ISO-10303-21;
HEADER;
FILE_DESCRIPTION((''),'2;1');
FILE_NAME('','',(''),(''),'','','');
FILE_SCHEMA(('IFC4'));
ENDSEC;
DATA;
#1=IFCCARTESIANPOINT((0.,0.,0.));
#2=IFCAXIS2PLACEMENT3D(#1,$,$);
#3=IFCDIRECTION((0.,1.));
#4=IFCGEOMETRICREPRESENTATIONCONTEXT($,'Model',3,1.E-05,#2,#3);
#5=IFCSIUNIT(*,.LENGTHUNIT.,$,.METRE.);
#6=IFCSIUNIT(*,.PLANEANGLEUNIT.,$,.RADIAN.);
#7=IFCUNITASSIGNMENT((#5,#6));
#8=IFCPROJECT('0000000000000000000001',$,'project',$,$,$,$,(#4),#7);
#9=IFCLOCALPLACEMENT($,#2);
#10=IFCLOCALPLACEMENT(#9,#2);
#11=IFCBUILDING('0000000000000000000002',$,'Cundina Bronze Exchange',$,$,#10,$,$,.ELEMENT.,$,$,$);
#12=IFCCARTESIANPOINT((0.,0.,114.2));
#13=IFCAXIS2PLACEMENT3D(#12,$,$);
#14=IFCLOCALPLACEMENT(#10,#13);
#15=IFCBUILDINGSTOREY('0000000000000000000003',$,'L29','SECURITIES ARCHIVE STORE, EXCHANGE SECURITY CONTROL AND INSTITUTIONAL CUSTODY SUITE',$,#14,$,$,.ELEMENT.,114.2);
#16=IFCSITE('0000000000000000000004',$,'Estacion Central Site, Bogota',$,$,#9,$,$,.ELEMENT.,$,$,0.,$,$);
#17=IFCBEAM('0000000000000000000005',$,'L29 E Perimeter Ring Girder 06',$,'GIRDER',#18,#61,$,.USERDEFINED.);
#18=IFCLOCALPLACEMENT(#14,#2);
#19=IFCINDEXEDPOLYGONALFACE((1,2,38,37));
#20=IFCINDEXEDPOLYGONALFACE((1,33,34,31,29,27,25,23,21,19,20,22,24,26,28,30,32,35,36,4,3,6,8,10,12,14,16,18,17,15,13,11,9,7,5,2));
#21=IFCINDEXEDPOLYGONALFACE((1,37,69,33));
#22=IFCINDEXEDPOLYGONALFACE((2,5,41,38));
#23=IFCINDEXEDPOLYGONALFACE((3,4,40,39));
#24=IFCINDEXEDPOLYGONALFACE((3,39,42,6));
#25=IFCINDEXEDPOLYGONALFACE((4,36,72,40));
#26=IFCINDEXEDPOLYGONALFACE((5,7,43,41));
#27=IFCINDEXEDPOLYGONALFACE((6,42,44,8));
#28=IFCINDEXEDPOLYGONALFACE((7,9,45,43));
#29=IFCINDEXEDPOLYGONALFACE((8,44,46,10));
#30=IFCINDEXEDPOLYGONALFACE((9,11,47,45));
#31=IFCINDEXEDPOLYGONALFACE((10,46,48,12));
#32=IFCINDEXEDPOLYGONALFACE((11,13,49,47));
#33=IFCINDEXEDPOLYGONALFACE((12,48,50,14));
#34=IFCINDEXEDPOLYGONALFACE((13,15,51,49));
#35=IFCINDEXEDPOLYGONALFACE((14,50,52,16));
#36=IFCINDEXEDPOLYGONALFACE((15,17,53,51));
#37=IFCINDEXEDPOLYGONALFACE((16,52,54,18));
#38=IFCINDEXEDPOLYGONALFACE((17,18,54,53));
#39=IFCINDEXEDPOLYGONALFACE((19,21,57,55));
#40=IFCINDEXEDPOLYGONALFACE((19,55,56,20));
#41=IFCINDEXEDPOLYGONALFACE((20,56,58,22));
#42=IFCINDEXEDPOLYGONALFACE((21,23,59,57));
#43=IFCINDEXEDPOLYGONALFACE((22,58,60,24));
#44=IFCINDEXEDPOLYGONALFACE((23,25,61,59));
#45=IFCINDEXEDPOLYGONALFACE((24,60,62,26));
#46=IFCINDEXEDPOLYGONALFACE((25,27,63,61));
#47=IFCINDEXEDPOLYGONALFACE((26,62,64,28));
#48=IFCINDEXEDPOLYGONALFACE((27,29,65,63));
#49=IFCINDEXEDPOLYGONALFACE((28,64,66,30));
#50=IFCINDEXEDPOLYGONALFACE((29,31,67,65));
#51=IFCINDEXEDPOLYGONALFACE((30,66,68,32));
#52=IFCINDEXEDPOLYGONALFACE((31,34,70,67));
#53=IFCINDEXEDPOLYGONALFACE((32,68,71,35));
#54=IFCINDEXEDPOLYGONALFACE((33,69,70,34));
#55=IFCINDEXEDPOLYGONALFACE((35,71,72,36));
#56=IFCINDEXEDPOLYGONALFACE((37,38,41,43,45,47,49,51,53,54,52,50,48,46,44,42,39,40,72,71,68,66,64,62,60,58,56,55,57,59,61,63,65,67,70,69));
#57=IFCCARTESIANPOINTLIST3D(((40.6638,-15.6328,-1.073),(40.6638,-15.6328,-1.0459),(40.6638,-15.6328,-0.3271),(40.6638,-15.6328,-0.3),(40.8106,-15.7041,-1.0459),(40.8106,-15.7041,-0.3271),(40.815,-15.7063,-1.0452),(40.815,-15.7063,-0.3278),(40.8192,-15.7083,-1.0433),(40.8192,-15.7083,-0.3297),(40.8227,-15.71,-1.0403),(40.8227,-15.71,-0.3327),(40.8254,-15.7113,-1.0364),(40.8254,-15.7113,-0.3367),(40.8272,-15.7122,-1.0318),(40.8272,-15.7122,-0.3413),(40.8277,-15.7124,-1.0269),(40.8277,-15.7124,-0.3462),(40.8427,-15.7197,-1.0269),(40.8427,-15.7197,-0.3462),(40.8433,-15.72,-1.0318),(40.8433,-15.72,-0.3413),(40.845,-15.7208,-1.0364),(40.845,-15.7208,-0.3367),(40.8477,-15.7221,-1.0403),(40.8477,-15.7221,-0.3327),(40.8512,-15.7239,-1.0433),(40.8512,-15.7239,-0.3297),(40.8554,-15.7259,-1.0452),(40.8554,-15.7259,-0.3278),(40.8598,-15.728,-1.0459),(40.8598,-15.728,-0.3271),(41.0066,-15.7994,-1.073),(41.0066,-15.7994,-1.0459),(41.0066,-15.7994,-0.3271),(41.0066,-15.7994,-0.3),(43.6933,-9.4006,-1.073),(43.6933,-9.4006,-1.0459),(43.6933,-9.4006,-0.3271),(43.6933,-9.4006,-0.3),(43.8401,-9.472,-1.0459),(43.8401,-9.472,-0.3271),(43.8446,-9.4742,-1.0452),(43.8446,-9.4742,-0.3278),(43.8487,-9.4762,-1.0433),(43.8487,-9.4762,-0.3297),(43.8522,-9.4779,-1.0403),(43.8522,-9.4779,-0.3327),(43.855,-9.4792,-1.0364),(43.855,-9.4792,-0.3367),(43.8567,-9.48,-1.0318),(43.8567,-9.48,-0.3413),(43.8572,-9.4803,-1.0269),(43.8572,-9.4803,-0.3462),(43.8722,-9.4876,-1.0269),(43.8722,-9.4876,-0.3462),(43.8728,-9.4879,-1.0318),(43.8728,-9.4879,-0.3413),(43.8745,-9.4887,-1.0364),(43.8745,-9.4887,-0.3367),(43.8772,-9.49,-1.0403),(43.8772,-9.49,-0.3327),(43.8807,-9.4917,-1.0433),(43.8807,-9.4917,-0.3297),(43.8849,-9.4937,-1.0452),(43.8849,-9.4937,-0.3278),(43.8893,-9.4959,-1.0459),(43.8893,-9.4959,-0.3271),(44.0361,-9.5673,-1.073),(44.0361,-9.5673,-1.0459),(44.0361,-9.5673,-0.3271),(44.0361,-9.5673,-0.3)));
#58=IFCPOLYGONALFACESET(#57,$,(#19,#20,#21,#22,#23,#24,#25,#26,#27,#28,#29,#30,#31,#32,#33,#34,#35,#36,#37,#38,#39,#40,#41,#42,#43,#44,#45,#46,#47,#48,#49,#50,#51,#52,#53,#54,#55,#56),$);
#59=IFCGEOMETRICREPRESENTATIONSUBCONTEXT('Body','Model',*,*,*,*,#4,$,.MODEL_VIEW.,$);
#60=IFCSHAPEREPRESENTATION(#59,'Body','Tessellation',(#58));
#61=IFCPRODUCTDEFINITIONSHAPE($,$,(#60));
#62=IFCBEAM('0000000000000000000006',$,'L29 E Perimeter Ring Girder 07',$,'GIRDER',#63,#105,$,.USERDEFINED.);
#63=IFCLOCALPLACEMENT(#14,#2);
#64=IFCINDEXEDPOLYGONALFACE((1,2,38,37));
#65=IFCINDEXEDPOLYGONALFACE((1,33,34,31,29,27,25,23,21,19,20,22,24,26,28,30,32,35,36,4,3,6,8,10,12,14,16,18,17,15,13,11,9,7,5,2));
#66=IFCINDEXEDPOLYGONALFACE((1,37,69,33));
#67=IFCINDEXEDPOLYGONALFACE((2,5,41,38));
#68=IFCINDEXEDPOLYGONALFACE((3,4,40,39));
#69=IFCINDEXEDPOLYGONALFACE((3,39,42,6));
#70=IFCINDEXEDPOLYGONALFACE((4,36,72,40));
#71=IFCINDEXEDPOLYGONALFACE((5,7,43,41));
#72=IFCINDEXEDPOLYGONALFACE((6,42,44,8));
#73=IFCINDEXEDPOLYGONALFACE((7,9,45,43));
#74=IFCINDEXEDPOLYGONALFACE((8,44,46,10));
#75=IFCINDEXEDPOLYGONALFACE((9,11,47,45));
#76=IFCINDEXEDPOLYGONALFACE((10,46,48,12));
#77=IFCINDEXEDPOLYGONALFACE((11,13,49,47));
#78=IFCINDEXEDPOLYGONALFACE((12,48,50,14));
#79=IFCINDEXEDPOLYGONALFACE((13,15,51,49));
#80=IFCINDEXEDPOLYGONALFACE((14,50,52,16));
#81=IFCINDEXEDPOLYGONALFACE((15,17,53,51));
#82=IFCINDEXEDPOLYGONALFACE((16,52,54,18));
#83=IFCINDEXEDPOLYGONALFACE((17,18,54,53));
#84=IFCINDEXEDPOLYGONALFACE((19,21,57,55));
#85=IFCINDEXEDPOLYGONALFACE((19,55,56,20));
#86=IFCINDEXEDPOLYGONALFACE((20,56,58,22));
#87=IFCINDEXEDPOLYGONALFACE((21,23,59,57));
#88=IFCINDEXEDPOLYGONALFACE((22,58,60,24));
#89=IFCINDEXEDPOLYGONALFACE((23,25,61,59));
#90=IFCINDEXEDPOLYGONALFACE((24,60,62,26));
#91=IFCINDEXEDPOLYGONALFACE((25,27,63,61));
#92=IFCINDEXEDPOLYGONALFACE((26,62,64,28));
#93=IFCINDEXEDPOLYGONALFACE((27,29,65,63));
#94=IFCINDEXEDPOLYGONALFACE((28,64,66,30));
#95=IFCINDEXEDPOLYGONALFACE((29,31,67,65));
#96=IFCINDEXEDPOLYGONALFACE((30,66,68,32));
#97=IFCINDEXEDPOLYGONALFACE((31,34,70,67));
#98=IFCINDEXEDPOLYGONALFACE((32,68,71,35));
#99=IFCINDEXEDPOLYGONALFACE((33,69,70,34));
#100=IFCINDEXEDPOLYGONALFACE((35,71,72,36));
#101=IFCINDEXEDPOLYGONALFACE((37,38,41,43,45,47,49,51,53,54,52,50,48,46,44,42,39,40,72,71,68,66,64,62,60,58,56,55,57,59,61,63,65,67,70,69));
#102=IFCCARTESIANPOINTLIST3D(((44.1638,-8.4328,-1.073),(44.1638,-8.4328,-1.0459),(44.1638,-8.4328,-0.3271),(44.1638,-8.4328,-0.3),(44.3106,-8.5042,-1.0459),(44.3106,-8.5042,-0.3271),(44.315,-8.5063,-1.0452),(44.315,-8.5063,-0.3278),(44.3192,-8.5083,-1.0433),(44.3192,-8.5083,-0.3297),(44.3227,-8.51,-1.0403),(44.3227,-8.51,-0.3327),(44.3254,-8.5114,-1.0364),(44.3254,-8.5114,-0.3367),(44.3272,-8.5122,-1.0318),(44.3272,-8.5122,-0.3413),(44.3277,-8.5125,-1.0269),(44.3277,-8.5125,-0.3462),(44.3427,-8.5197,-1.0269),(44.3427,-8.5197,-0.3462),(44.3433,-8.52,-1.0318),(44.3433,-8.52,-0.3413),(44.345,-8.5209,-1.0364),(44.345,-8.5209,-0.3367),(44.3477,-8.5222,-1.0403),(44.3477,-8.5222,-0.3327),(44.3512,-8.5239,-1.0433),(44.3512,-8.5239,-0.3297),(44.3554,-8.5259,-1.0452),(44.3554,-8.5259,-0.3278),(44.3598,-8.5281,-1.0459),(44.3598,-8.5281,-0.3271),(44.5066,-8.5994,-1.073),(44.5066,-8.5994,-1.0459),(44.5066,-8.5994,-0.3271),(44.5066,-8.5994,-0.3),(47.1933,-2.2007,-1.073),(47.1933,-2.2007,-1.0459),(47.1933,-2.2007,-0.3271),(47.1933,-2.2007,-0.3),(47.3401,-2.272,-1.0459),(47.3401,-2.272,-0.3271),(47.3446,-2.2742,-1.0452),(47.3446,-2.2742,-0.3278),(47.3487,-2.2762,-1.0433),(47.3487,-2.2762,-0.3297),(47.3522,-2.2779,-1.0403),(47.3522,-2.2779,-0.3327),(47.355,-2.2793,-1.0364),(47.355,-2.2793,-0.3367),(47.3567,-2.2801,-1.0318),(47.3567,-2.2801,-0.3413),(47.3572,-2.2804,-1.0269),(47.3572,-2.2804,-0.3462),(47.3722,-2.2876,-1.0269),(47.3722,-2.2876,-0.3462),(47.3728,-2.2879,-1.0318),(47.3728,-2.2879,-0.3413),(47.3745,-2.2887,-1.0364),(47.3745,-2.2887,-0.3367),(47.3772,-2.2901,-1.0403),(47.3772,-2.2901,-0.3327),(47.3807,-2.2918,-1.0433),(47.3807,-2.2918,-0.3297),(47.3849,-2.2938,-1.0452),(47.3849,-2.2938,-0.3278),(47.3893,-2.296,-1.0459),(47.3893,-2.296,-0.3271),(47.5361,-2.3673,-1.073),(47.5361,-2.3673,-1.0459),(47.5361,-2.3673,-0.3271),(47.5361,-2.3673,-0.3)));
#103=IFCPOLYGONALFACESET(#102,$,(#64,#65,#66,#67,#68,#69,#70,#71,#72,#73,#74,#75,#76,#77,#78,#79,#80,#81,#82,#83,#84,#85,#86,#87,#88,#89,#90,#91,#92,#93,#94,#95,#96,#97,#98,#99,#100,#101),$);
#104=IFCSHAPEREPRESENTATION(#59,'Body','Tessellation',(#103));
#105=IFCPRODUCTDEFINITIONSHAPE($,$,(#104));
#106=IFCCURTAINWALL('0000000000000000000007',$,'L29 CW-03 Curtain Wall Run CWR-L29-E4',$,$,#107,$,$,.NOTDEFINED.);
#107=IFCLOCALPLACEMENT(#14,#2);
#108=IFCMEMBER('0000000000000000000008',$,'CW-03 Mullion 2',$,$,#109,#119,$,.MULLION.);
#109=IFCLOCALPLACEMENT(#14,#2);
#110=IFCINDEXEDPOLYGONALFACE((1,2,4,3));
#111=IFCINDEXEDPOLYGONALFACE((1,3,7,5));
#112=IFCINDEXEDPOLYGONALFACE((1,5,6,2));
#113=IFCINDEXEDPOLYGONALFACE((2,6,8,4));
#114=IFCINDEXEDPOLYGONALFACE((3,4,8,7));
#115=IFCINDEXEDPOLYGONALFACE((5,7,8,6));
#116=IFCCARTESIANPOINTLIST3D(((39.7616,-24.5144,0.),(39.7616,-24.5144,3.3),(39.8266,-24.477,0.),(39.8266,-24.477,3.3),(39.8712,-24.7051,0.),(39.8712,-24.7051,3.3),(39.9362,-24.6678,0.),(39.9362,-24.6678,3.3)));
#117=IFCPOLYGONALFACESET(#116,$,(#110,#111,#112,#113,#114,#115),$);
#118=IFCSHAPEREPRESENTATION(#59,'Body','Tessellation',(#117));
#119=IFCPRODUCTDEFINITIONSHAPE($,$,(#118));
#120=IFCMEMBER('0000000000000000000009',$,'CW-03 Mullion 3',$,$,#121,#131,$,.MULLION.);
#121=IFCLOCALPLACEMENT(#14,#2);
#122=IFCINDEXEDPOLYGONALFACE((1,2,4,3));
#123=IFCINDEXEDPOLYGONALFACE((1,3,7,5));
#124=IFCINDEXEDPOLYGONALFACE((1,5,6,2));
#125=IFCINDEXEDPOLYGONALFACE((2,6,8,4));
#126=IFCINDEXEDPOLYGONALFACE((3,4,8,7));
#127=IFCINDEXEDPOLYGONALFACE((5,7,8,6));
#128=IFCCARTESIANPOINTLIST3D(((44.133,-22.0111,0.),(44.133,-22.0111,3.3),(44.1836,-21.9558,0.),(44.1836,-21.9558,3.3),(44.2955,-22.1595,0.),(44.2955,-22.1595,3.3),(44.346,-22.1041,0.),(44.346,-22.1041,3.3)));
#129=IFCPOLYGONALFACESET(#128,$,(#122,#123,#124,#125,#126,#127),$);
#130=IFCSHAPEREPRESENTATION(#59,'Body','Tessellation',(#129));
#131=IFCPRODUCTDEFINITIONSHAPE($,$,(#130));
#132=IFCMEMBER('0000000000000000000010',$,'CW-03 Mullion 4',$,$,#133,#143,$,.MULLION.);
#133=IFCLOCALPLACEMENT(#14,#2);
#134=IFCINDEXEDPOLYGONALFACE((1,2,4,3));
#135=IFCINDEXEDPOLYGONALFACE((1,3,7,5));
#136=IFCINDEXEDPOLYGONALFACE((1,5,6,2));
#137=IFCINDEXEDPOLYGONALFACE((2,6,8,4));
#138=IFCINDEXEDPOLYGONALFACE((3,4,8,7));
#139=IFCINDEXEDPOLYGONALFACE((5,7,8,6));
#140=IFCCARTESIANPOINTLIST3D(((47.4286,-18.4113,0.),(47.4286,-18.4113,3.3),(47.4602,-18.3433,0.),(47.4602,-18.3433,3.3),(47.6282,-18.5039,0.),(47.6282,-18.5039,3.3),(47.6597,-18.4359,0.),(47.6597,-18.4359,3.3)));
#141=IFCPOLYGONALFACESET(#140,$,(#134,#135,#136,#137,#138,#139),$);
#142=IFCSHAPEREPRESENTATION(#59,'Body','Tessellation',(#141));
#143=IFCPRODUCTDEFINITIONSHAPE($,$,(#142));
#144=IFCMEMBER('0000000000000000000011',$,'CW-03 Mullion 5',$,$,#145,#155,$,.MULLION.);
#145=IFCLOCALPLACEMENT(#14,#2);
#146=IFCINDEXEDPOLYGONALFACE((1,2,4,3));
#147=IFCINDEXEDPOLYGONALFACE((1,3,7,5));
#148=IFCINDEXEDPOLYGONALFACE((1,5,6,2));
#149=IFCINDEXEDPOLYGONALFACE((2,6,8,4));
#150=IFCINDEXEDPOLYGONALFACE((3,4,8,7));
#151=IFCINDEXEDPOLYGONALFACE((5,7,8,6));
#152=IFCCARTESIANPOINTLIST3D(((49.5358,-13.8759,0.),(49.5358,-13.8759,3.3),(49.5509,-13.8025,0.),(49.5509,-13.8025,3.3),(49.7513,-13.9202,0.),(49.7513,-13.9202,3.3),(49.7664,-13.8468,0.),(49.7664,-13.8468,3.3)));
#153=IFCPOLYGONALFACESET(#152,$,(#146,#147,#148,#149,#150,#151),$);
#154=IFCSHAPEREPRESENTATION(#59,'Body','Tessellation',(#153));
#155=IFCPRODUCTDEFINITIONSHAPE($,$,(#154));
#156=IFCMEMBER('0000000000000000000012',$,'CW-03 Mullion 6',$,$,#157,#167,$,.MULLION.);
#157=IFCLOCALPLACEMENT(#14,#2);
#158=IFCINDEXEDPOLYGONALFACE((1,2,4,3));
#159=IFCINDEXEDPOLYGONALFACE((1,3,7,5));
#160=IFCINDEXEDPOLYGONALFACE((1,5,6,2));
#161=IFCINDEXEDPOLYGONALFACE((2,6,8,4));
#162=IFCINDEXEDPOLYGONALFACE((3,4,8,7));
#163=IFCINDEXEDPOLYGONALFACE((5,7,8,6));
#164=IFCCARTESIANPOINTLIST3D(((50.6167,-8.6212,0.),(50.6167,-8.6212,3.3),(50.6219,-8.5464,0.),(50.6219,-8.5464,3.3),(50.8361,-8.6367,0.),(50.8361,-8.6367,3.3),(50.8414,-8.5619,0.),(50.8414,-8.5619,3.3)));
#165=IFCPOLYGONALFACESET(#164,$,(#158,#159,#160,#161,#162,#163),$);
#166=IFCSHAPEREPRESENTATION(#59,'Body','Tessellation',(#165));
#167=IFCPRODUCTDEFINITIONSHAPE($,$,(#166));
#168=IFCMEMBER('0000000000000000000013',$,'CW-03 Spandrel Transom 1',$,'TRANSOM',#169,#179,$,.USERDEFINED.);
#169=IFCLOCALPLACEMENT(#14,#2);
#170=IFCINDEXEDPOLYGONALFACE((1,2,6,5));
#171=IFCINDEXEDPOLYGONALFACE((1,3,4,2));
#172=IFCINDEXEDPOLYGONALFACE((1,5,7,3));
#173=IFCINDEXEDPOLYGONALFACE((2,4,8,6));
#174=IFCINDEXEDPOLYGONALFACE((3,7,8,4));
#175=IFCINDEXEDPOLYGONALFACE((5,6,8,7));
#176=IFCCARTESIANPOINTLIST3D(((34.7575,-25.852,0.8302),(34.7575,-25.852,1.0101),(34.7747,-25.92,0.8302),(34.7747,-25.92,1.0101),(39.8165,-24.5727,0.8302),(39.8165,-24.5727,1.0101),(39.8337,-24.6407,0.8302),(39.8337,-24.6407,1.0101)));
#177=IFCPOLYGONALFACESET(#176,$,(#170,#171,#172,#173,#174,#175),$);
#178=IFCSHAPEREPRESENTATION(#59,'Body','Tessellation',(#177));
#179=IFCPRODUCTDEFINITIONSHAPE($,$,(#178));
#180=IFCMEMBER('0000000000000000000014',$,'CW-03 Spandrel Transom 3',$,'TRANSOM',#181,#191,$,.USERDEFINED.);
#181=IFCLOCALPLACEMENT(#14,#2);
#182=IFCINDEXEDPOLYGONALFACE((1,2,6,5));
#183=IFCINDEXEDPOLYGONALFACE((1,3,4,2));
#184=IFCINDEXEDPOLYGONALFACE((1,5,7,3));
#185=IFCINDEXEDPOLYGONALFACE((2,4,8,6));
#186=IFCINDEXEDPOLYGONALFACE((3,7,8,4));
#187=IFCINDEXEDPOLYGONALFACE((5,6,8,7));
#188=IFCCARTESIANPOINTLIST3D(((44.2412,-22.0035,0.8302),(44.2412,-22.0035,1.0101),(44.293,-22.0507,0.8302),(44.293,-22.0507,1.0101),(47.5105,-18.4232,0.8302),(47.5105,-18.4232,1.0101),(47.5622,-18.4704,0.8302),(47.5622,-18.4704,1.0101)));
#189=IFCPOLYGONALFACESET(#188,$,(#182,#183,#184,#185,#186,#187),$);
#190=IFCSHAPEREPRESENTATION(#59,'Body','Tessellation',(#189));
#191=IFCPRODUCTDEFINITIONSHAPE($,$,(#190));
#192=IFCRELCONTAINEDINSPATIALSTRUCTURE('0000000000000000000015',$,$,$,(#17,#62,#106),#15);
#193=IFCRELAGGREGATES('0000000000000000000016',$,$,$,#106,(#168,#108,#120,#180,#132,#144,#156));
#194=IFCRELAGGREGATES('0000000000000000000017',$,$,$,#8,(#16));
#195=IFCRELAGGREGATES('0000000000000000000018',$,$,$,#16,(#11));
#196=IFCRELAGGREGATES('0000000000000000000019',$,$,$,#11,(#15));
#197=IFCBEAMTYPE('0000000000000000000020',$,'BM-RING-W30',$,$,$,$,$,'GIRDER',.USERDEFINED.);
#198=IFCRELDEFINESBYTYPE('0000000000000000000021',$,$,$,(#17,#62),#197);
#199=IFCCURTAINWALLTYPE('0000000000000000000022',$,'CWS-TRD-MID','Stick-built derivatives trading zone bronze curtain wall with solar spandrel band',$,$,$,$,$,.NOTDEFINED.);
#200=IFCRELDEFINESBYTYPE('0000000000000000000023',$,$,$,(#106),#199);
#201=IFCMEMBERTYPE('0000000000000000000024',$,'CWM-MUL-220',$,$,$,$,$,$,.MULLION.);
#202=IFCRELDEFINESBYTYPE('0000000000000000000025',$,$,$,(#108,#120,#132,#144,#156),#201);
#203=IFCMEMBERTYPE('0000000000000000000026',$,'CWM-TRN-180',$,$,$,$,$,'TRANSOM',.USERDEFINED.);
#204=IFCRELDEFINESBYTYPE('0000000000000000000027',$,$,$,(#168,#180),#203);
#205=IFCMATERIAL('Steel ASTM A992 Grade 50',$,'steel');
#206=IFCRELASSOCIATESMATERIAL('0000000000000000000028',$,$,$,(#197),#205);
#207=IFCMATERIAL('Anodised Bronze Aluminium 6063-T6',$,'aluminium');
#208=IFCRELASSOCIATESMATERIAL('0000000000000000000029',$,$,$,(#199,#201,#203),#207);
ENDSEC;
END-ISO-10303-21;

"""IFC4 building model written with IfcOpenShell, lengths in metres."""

from ifc_helpers import new_model, si_unit, direction, frame, origin, origin_2d, place, context, subcontext, project, spatial, rectangle, i_section, extrude, material, material_profile, profile_set, type_object, element, aggregate, save


model = new_model("IFC4")

# Units and contexts
model_context = context("Model", 3, precision=1e-05, world=origin(), true_north=direction((0.0, 1.0)))
body_context = subcontext(model_context, "Body", "Model", "MODEL_VIEW")
ifc_project = project(units=[si_unit("LENGTHUNIT", "METRE"), si_unit("PLANEANGLEUNIT", "RADIAN")], contexts=[model_context])

# Site, building, storey
site_placement = place(None, origin())
site = spatial("IfcSite", under=ifc_project, at=site_placement, Name="Estacion Central Site, Bogota", CompositionType="ELEMENT", RefElevation=0.0)
building_placement = place(site_placement, origin())
building = spatial("IfcBuilding", under=site, at=building_placement, Name="Cundina Bronze Exchange", CompositionType="ELEMENT")
storey_placement = place(building_placement, frame((0.0, 0.0, 114.2)))
storey = spatial("IfcBuildingStorey", under=building, at=storey_placement, Name="L29", Description="SECURITIES ARCHIVE STORE, EXCHANGE SECURITY CONTROL AND INSTITUTIONAL CUSTODY SUITE", CompositionType="ELEMENT", Elevation=114.2)

# Beams
ifc_material_1 = material(Name="Steel ASTM A992 Grade 50", Category="steel")
ifc_material_profile_1 = material_profile(ifc_material_1, i_section(OverallWidth=0.3811, OverallDepth=0.7729, WebThickness=0.0166, FlangeThickness=0.0271, FilletRadius=0.019, at=origin_2d()), Name="W30X173", Category="steel")
ifc_profile_set_1 = profile_set([ifc_material_profile_1], Name="Steel ASTM A992 Grade 50")
beam_type_1 = type_object("IfcBeamType", Name="BM-RING-W30", ElementType="GIRDER", PredefinedType="USERDEFINED", material=ifc_profile_set_1)
for number, where, z_axis, x_axis, name in (
    (1, (40.8352, -15.7161, -0.6865), (0.437194, 0.899367, 0.0), (-0.899367, 0.437194, 0.0), "L29 E Perimeter Ring Girder 06"),
    (2, (44.3352, -8.5161, -0.6865), (0.437194, 0.899367, 0.0), (-0.899367, 0.437194, 0.0), "L29 E Perimeter Ring Girder 07"),
):
    element("IfcBeam", number, at=place(storey_placement, frame(where, z_axis=z_axis, x_axis=x_axis)), inside=storey, type_object=beam_type_1, Name=name, ObjectType="GIRDER", PredefinedType="USERDEFINED", context=body_context, shape_type="SweptSolid", body=[
        extrude(i_section(OverallWidth=0.3811, OverallDepth=0.7729, WebThickness=0.0166, FlangeThickness=0.0271, FilletRadius=0.019, at=origin_2d()), origin(), (0.0, 0.0, 1.0), 6.9294),
    ])

# Curtain wall, members
ifc_material_2 = material(Name="Anodised Bronze Aluminium 6063-T6", Category="aluminium")
curtain_wall_type = type_object("IfcCurtainWallType", Name="CWS-TRD-MID", Description="Stick-built derivatives trading zone bronze curtain wall with solar spandrel band", PredefinedType="NOTDEFINED", material=ifc_material_2)
curtain_wall_placement = place(storey_placement, origin())
curtain_wall = element("IfcCurtainWall", 3, at=curtain_wall_placement, inside=storey, type_object=curtain_wall_type, Name="L29 CW-03 Curtain Wall Run CWR-L29-E4", PredefinedType="NOTDEFINED")
ifc_material_profile_2 = material_profile(ifc_material_2, rectangle(XDim=0.075, YDim=0.22, at=origin_2d()), Name="AL75X220", Category="aluminium")
ifc_profile_set_2 = profile_set([ifc_material_profile_2], Name="Anodised Bronze Aluminium 6063-T6")
member_type_1 = type_object("IfcMemberType", Name="CWM-MUL-220", PredefinedType="MULLION", material=ifc_profile_set_2)
member_1_placement = place(storey_placement, frame((39.8489, -24.5911, 0.0), z_axis=(0.0, 0.0, 1.0), x_axis=(0.867071, 0.498185, 0.0)))
member_1 = element("IfcMember", 4, at=member_1_placement, type_object=member_type_1, Name="CW-03 Mullion 2", PredefinedType="MULLION", context=body_context, shape_type="SweptSolid", body=[
    extrude(rectangle(XDim=0.075, YDim=0.22, at=origin_2d()), origin(), (0.0, 0.0, 1.0), 3.3),
])
member_2_placement = place(storey_placement, frame((44.2395, -22.0576, 0.0), z_axis=(0.0, 0.0, 1.0), x_axis=(0.674302, 0.738455, 0.0)))
member_2 = element("IfcMember", 5, at=member_2_placement, type_object=member_type_1, Name="CW-03 Mullion 3", PredefinedType="MULLION", context=body_context, shape_type="SweptSolid", body=[
    extrude(rectangle(XDim=0.075, YDim=0.22, at=origin_2d()), origin(), (0.0, 0.0, 1.0), 3.3),
])
member_3_placement = place(storey_placement, frame((47.5442, -18.4236, 0.0), z_axis=(0.0, 0.0, 1.0), x_axis=(0.420877, 0.907117, 0.0)))
member_3 = element("IfcMember", 6, at=member_3_placement, type_object=member_type_1, Name="CW-03 Mullion 4", PredefinedType="MULLION", context=body_context, shape_type="SweptSolid", body=[
    extrude(rectangle(XDim=0.075, YDim=0.22, at=origin_2d()), origin(), (0.0, 0.0, 1.0), 3.3),
])
member_4_placement = place(storey_placement, frame((49.6511, -13.8613, 0.0), z_axis=(0.0, 0.0, 1.0), x_axis=(0.20142, 0.979505, 0.0)))
member_4 = element("IfcMember", 7, at=member_4_placement, type_object=member_type_1, Name="CW-03 Mullion 5", PredefinedType="MULLION", context=body_context, shape_type="SweptSolid", body=[
    extrude(rectangle(XDim=0.075, YDim=0.22, at=origin_2d()), origin(), (0.0, 0.0, 1.0), 3.3),
])
member_5_placement = place(storey_placement, frame((50.729, -8.5916, 0.0), z_axis=(0.0, 0.0, 1.0), x_axis=(0.070279, 0.997527, 0.0)))
member_5 = element("IfcMember", 8, at=member_5_placement, type_object=member_type_1, Name="CW-03 Mullion 6", PredefinedType="MULLION", context=body_context, shape_type="SweptSolid", body=[
    extrude(rectangle(XDim=0.075, YDim=0.22, at=origin_2d()), origin(), (0.0, 0.0, 1.0), 3.3),
])
ifc_material_profile_3 = material_profile(ifc_material_2, rectangle(XDim=0.0701, YDim=0.1799, at=origin_2d()), Name="AL70X180", Category="aluminium")
ifc_profile_set_3 = profile_set([ifc_material_profile_3], Name="Anodised Bronze Aluminium 6063-T6")
member_type_2 = type_object("IfcMemberType", Name="CWM-TRN-180", ElementType="TRANSOM", PredefinedType="USERDEFINED", material=ifc_profile_set_3)
member_6_placement = place(storey_placement, frame((34.7661, -25.886, 0.9202), z_axis=(0.969484, 0.245155, 0.0), x_axis=(-0.245155, 0.969484, 0.0)))
member_6 = element("IfcMember", 9, at=member_6_placement, type_object=member_type_2, Name="CW-03 Spandrel Transom 1", ObjectType="TRANSOM", PredefinedType="USERDEFINED", context=body_context, shape_type="SweptSolid", body=[
    extrude(rectangle(XDim=0.0701, YDim=0.1799, at=origin_2d()), origin(), (0.0, 0.0, 1.0), 5.2183),
])
member_7_placement = place(storey_placement, frame((44.2671, -22.0271, 0.9202), z_axis=(0.674303, 0.738455, 0.0), x_axis=(-0.738455, 0.674303, 0.0)))
member_7 = element("IfcMember", 10, at=member_7_placement, type_object=member_type_2, Name="CW-03 Spandrel Transom 3", ObjectType="TRANSOM", PredefinedType="USERDEFINED", context=body_context, shape_type="SweptSolid", body=[
    extrude(rectangle(XDim=0.0701, YDim=0.1799, at=origin_2d()), origin(), (0.0, 0.0, 1.0), 4.8484),
])
aggregate(curtain_wall, [member_6, member_1, member_2, member_7, member_3, member_4, member_5])

save(model, "model.ifc")
